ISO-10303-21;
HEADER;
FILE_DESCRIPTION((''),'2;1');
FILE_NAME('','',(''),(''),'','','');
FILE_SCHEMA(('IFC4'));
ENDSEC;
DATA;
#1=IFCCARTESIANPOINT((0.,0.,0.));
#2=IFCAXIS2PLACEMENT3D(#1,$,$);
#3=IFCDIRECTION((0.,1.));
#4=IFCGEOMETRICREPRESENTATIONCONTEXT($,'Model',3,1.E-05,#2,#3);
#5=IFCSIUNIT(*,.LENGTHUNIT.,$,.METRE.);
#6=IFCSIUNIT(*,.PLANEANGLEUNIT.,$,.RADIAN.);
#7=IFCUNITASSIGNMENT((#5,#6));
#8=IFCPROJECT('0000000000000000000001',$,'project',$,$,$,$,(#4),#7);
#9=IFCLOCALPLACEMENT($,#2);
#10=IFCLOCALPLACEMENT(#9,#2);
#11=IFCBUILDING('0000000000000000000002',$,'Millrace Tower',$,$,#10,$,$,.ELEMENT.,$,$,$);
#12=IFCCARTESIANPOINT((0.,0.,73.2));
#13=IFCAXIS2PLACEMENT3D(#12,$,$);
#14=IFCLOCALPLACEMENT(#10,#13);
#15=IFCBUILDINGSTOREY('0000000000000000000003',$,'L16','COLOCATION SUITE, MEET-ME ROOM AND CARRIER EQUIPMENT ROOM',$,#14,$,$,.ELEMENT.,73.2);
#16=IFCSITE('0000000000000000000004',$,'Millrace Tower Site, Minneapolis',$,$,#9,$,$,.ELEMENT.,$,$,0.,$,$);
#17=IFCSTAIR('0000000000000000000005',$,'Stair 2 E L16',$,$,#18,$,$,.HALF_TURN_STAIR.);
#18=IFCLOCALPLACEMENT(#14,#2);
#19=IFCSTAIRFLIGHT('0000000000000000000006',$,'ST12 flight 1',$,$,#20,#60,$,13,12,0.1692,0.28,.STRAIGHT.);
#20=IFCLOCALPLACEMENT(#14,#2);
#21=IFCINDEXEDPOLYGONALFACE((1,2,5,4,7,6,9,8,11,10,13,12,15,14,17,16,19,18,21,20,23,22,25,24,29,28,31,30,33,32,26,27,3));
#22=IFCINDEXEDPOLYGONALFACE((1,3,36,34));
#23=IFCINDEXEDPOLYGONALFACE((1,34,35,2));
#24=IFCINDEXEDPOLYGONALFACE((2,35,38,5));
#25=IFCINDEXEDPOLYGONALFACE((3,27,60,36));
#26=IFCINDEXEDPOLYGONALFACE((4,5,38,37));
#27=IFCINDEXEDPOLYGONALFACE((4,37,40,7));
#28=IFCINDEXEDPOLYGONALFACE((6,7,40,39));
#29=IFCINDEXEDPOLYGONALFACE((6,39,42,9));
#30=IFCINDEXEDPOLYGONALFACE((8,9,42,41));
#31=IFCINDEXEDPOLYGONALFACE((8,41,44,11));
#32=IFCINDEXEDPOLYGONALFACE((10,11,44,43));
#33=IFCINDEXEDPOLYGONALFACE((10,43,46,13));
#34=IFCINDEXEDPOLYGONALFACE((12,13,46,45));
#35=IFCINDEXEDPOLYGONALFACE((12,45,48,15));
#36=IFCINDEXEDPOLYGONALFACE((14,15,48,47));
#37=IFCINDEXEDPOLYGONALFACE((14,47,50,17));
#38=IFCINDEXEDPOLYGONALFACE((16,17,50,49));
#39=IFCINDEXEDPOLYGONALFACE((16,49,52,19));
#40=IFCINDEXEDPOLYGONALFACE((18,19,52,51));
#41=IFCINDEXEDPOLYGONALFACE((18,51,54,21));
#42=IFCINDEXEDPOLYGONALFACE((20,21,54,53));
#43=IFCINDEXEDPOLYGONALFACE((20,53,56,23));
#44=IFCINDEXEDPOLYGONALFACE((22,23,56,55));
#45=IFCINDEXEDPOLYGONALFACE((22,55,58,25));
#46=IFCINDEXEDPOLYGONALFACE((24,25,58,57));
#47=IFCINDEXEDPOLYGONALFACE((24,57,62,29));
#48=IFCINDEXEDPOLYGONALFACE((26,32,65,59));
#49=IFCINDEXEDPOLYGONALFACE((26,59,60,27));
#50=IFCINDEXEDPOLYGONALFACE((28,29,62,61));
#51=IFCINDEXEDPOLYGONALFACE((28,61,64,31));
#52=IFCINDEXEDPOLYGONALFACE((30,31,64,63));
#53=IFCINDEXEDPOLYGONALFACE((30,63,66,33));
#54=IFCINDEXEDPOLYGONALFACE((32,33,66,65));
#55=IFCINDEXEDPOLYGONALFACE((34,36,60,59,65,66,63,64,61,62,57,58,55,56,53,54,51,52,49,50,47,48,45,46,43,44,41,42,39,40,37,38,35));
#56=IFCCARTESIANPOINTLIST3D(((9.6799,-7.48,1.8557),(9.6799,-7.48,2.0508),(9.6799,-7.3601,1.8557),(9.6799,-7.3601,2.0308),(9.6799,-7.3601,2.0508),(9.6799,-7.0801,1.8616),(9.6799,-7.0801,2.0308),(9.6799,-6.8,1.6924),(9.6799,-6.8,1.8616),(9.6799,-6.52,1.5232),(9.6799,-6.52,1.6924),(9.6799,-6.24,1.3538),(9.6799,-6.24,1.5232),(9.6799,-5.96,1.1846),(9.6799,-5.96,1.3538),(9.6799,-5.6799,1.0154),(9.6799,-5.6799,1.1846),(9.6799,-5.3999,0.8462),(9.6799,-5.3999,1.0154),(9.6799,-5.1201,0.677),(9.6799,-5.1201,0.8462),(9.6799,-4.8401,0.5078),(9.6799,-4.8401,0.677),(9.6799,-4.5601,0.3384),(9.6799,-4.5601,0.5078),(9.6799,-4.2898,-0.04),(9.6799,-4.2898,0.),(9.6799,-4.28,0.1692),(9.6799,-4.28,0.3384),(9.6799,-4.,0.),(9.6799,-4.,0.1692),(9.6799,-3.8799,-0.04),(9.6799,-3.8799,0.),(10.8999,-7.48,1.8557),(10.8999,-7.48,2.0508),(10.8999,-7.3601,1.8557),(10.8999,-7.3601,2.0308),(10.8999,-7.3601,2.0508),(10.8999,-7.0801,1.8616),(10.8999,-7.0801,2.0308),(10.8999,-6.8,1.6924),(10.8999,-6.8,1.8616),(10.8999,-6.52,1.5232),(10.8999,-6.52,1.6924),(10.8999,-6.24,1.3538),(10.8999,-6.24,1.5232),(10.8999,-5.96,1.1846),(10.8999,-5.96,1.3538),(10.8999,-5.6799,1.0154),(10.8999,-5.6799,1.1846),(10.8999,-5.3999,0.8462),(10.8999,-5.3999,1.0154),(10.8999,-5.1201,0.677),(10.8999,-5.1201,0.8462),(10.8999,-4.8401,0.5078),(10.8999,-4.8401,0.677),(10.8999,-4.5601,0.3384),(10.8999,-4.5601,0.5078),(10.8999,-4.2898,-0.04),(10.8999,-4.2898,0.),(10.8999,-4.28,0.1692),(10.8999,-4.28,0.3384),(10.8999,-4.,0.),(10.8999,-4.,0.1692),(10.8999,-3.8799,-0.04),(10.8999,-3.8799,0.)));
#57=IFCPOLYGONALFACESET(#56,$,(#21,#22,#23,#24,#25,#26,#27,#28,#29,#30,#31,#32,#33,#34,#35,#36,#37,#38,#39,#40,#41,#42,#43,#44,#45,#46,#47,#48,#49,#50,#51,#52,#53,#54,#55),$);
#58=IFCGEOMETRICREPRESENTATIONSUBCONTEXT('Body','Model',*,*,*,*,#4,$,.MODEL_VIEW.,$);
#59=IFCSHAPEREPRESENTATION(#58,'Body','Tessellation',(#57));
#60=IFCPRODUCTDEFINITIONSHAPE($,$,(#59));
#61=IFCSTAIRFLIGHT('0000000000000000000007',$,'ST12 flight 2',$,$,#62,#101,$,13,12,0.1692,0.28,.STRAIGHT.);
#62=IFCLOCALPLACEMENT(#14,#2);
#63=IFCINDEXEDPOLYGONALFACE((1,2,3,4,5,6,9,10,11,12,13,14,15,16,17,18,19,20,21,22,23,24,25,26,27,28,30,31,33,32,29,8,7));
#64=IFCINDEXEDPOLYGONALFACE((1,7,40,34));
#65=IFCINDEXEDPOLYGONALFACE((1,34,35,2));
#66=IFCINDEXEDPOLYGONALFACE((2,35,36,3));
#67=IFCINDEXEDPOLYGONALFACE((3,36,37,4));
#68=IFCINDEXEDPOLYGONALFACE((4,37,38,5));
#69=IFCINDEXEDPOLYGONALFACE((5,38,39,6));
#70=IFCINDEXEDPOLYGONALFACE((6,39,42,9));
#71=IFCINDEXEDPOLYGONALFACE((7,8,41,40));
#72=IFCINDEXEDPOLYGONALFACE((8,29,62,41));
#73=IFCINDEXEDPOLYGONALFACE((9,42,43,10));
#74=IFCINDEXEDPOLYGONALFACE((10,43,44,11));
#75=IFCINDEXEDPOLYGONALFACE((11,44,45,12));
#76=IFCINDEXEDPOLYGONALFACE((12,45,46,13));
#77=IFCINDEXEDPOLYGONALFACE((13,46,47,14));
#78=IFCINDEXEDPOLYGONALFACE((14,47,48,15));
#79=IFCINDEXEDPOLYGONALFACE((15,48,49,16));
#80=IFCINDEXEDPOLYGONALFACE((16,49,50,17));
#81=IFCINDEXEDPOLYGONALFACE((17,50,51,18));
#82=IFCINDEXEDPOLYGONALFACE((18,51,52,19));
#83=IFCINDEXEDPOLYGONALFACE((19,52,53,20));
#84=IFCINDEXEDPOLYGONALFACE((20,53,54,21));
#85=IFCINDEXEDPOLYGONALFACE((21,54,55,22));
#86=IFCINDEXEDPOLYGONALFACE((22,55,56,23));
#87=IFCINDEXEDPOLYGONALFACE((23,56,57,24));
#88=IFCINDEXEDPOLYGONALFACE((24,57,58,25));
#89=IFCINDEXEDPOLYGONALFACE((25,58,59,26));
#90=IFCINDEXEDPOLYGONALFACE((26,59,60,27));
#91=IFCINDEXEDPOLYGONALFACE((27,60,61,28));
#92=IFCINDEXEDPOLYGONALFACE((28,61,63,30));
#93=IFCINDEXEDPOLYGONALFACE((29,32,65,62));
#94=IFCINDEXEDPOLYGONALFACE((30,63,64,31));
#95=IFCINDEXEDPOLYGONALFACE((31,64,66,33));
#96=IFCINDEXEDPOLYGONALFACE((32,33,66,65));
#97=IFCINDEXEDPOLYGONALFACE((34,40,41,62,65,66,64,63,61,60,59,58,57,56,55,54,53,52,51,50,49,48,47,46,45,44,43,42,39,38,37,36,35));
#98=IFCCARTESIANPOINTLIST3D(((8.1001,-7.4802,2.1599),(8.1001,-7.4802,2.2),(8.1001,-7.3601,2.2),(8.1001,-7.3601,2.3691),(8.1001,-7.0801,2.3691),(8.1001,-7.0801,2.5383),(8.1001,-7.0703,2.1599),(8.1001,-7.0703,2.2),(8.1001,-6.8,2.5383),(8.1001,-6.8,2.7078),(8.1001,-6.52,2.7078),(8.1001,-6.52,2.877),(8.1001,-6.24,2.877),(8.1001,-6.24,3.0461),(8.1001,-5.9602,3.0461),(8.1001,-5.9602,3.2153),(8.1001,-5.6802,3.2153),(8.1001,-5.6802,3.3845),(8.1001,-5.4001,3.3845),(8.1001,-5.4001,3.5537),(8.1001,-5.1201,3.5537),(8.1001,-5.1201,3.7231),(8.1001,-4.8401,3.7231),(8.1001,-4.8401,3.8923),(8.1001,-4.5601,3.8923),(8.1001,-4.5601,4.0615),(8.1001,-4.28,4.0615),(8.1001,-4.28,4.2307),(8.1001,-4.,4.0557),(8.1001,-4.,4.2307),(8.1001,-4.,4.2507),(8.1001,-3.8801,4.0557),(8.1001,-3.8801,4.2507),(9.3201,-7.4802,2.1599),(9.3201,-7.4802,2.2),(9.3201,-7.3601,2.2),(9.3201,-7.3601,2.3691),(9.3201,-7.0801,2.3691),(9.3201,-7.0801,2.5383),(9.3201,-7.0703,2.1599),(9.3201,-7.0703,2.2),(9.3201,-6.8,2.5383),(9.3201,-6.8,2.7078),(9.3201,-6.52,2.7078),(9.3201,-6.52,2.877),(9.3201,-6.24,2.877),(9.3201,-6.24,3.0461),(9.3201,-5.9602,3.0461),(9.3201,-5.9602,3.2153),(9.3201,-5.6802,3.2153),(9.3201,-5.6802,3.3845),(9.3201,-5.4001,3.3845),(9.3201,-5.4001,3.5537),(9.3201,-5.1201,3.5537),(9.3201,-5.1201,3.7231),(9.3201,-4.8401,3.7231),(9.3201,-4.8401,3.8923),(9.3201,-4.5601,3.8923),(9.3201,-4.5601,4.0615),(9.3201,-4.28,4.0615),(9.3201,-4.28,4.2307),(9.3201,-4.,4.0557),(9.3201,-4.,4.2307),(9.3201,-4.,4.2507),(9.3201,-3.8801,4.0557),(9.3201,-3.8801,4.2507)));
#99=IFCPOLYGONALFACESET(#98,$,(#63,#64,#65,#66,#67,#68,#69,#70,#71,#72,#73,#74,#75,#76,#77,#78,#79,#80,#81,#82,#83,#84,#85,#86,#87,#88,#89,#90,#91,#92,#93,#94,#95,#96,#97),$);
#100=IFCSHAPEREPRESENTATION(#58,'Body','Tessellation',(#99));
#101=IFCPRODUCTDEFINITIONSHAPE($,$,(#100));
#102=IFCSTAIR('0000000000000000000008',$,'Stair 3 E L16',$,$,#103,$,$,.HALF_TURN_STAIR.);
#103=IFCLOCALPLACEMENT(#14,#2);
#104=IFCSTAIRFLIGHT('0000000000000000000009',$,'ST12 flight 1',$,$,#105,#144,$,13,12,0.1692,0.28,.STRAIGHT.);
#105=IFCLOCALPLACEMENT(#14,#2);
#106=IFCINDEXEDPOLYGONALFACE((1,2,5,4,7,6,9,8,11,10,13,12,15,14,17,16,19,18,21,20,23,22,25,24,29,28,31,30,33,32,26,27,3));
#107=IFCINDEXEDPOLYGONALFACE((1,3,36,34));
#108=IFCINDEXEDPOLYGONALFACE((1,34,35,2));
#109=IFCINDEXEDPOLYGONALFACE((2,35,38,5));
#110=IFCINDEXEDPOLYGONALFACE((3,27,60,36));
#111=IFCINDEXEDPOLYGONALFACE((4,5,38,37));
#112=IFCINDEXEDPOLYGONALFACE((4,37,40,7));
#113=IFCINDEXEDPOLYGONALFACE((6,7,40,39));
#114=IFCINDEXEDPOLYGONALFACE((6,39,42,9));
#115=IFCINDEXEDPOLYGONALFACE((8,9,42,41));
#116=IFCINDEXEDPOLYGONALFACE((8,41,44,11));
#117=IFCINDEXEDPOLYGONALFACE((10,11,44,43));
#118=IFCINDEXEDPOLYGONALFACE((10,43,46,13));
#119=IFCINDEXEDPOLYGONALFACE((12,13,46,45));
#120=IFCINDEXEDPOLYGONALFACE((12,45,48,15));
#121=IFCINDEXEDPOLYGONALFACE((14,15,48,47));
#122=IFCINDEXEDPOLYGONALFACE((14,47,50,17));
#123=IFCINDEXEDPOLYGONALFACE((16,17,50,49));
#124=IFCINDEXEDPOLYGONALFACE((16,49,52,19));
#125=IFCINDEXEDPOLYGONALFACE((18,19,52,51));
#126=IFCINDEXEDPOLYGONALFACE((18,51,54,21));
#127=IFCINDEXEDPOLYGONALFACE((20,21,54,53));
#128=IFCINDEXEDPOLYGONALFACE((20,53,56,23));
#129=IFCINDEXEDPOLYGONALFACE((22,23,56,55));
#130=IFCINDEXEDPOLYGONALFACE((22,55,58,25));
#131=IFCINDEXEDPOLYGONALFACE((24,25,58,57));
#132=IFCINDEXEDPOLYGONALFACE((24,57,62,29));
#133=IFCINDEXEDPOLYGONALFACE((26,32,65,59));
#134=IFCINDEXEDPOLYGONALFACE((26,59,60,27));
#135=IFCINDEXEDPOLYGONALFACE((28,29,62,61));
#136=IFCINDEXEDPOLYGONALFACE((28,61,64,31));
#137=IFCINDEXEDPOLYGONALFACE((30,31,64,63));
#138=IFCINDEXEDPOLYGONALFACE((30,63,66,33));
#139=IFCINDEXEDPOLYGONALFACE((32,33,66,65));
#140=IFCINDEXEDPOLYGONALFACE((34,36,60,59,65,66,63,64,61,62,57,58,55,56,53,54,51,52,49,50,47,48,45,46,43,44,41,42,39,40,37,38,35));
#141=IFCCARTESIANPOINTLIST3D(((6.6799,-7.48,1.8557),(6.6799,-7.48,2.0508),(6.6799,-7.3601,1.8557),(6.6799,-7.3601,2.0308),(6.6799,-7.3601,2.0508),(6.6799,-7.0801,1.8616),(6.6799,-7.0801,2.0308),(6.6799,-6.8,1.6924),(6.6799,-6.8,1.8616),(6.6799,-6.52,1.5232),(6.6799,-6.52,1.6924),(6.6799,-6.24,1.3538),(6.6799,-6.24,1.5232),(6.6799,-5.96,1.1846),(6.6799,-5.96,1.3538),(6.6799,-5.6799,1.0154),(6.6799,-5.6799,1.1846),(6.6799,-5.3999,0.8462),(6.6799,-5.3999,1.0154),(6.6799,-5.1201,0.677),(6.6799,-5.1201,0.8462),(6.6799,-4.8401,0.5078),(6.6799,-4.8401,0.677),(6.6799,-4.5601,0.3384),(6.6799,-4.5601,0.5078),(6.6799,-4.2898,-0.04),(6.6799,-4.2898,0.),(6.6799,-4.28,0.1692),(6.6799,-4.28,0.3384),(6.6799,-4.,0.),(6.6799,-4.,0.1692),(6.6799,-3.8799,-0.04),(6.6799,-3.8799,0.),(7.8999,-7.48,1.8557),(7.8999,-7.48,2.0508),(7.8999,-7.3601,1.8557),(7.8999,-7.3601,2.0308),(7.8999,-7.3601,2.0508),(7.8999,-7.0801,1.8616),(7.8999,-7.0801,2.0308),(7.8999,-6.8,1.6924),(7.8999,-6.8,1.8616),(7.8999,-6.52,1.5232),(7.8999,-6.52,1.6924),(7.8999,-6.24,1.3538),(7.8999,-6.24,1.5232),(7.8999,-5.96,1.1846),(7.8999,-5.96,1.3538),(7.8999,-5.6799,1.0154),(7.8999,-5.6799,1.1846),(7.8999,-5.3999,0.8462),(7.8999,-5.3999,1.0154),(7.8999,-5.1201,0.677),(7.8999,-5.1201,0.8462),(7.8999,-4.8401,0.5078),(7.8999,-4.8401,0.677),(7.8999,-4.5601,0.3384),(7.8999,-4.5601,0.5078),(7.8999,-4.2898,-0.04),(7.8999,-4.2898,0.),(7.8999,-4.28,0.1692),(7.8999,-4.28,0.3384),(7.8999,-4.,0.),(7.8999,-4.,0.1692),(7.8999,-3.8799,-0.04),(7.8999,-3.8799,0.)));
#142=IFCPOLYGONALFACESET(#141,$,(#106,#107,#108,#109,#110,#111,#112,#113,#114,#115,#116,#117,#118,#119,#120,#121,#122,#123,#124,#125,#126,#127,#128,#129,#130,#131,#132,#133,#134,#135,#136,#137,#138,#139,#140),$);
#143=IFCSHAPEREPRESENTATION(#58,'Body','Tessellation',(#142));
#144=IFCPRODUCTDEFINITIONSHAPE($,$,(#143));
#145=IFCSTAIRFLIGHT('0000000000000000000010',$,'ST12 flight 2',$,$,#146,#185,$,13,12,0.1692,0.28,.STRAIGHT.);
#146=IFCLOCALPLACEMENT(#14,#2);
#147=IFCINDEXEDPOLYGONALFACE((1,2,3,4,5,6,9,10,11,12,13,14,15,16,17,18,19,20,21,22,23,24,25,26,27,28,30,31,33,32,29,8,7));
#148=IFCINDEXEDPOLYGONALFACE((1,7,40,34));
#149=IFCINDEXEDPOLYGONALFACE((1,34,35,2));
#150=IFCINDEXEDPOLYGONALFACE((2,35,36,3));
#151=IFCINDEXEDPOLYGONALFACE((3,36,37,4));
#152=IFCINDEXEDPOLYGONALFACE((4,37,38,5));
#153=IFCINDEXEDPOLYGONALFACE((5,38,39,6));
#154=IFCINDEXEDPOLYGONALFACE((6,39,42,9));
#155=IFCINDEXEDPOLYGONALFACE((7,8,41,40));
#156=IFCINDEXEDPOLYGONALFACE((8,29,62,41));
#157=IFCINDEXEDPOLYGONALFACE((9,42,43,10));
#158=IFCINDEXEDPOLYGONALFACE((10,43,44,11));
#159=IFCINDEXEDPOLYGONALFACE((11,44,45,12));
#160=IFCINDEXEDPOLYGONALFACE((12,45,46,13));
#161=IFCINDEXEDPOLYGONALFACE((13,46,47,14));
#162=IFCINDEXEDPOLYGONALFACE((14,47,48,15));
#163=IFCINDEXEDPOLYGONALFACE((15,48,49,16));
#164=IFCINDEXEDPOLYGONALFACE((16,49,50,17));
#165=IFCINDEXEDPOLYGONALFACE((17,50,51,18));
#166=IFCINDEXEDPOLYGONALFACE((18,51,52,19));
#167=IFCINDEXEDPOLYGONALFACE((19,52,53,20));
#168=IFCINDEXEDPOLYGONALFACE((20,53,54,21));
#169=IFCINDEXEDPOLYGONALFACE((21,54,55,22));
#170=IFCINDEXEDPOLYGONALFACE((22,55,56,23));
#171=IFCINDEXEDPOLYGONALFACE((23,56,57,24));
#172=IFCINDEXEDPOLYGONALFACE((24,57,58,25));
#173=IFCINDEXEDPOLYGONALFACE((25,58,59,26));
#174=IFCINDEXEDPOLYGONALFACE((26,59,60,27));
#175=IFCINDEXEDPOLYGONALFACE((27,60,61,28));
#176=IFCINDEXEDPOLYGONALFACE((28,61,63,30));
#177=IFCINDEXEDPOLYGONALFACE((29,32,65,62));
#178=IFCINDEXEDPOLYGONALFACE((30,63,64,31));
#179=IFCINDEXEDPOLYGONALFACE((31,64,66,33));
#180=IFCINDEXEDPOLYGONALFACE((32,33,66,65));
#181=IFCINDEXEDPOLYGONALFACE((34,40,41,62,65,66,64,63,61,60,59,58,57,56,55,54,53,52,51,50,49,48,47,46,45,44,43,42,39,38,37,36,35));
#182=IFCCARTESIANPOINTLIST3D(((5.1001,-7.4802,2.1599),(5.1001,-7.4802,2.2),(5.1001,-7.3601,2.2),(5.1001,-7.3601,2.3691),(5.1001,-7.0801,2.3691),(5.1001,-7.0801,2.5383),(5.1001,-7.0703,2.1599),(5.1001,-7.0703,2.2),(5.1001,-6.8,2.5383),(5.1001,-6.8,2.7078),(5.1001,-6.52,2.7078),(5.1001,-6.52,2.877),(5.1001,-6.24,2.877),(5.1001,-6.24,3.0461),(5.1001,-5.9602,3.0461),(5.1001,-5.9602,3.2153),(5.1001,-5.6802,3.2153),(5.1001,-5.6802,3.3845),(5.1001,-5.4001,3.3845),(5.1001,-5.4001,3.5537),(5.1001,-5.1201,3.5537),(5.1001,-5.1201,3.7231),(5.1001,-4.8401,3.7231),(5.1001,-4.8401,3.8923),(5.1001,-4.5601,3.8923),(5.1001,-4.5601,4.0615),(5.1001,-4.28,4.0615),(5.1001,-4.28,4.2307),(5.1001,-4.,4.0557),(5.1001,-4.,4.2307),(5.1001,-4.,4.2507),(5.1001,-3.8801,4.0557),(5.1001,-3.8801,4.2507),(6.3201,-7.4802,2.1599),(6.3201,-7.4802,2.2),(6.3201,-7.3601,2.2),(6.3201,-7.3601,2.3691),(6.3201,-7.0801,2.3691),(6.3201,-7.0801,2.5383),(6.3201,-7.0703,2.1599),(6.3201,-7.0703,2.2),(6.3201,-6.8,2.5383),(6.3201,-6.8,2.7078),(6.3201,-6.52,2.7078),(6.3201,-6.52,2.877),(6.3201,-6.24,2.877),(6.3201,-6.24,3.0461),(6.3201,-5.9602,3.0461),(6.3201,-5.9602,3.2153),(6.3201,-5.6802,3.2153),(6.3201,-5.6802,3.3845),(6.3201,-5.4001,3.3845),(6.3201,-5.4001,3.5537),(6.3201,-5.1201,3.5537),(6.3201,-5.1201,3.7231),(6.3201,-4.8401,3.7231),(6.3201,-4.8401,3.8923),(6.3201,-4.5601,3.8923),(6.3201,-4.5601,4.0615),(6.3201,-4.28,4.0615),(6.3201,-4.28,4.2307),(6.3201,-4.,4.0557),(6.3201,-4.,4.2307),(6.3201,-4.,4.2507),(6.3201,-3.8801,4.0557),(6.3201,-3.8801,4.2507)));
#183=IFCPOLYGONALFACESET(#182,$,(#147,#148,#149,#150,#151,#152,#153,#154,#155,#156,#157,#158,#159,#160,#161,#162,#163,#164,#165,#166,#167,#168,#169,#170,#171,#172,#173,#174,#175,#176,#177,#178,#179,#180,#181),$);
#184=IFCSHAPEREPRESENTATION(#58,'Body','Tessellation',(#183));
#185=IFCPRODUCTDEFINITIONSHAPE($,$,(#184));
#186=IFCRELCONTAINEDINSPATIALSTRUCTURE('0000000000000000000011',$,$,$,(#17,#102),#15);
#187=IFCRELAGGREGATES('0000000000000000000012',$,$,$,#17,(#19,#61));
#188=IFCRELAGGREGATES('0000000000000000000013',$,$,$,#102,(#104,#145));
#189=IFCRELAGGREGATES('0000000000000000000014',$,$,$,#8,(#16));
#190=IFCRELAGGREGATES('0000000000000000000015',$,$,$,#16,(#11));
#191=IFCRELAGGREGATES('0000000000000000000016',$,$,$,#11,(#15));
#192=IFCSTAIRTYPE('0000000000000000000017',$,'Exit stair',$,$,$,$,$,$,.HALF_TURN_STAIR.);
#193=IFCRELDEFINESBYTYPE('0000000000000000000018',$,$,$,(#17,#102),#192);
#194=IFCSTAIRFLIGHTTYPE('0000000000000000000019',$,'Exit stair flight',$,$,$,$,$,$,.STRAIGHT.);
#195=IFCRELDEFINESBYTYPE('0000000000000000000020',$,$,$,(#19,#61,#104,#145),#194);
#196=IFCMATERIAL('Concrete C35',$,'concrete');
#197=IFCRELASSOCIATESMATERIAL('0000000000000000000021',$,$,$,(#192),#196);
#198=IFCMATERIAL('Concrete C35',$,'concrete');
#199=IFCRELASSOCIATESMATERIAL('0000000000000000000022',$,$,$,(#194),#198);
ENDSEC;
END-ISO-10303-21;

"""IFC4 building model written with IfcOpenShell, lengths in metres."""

from ifc_helpers import new_model, si_unit, direction, frame, origin, place, context, subcontext, project, spatial, polyline, outline, extrude, material, type_object, element, aggregate, save


model = new_model("IFC4")

# Units and contexts
model_context = context("Model", 3, precision=1e-05, world=origin(), true_north=direction((0.0, 1.0)))
body_context = subcontext(model_context, "Body", "Model", "MODEL_VIEW")
ifc_project = project(units=[si_unit("LENGTHUNIT", "METRE"), si_unit("PLANEANGLEUNIT", "RADIAN")], contexts=[model_context])

# Site, building, storey
site_placement = place(None, origin())
site = spatial("IfcSite", under=ifc_project, at=site_placement, Name="Millrace Tower Site, Minneapolis", CompositionType="ELEMENT", RefElevation=0.0)
building_placement = place(site_placement, origin())
building = spatial("IfcBuilding", under=site, at=building_placement, Name="Millrace Tower", CompositionType="ELEMENT")
storey_placement = place(building_placement, frame((0.0, 0.0, 73.2)))
storey = spatial("IfcBuildingStorey", under=building, at=storey_placement, Name="L16", Description="COLOCATION SUITE, MEET-ME ROOM AND CARRIER EQUIPMENT ROOM", CompositionType="ELEMENT", Elevation=73.2)

# Shared definitions
placement = place(storey_placement, origin())

# Stairs, stair flights
ifc_material_1 = material(Name="Concrete C35", Category="concrete")
stair_type = type_object("IfcStairType", Name="Exit stair", PredefinedType="HALF_TURN_STAIR", material=ifc_material_1)
ifc_material_2 = material(Name="Concrete C35", Category="concrete")
stair_flight_type = type_object("IfcStairFlightType", Name="Exit stair flight", PredefinedType="STRAIGHT", material=ifc_material_2)
stair_1 = element("IfcStair", 1, at=placement, inside=storey, type_object=stair_type, Name="Stair 2 E L16", PredefinedType="HALF_TURN_STAIR")
stair_flight_1_placement = place(storey_placement, frame((10.29, -4.0, 0.0), z_axis=(0.0, 0.0, 1.0), x_axis=(0.0, -1.0, 0.0)))
stair_flight_1 = element("IfcStairFlight", 2, at=stair_flight_1_placement, type_object=stair_flight_type, Name="ST12 flight 1", NumberOfRisers=13, NumberOfTreads=12, PredefinedType="STRAIGHT", RiserHeight=0.1692, TreadLength=0.28, context=body_context, shape_type="SweptSolid", body=[
    extrude(outline(polyline([(-0.1201, -0.04), (-0.1201, 0.0), (0.0, 0.0), (0.0, 0.1692), (0.28, 0.1692), (0.28, 0.3384), (0.5601, 0.3384), (0.5601, 0.5078), (0.8401, 0.5078), (0.8401, 0.677), (1.1201, 0.677), (1.1201, 0.8462), (1.3999, 0.8462), (1.3999, 1.0154), (1.6799, 1.0154), (1.6799, 1.1846), (1.96, 1.1846), (1.96, 1.3538), (2.24, 1.3538), (2.24, 1.5232), (2.52, 1.5232), (2.52, 1.6924), (2.8, 1.6924), (2.8, 1.8616), (3.0801, 1.8616), (3.0801, 2.0308), (3.3601, 2.0308), (3.3601, 2.0508), (3.48, 2.0508), (3.48, 1.8557), (3.3601, 1.8557), (0.2898, 0.0), (0.2898, -0.04), (-0.1201, -0.04)])), frame((0.0, 0.6099, 0.0), z_axis=(0.0, -1.0, 0.0), x_axis=(1.0, 0.0, 0.0)), (0.0, 0.0, 1.0), 1.22),
])
stair_flight_2_placement = place(storey_placement, frame((8.71, -7.3601, 2.2), z_axis=(0.0, 0.0, 1.0), x_axis=(0.0, 1.0, 0.0)))
stair_flight_2 = element("IfcStairFlight", 3, at=stair_flight_2_placement, type_object=stair_flight_type, Name="ST12 flight 2", NumberOfRisers=13, NumberOfTreads=12, PredefinedType="STRAIGHT", RiserHeight=0.1692, TreadLength=0.28, context=body_context, shape_type="SweptSolid", body=[
    extrude(outline(polyline([(-0.1201, -0.04), (-0.1201, 0.0), (0.0, 0.0), (0.0, 0.1692), (0.28, 0.1692), (0.28, 0.3384), (0.5601, 0.3384), (0.5601, 0.5078), (0.8401, 0.5078), (0.8401, 0.677), (1.1201, 0.677), (1.1201, 0.8462), (1.3999, 0.8462), (1.3999, 1.0154), (1.6799, 1.0154), (1.6799, 1.1846), (1.96, 1.1846), (1.96, 1.3538), (2.24, 1.3538), (2.24, 1.5232), (2.52, 1.5232), (2.52, 1.6924), (2.8, 1.6924), (2.8, 1.8616), (3.0801, 1.8616), (3.0801, 2.0308), (3.3601, 2.0308), (3.3601, 2.0508), (3.48, 2.0508), (3.48, 1.8557), (3.3601, 1.8557), (0.2898, 0.0), (0.2898, -0.04), (-0.1201, -0.04)])), frame((0.0, 0.6099, 0.0), z_axis=(0.0, -1.0, 0.0), x_axis=(1.0, 0.0, 0.0)), (0.0, 0.0, 1.0), 1.22),
])
aggregate(stair_1, [stair_flight_1, stair_flight_2])
stair_2 = element("IfcStair", 4, at=placement, inside=storey, type_object=stair_type, Name="Stair 3 E L16", PredefinedType="HALF_TURN_STAIR")
stair_flight_3_placement = place(storey_placement, frame((7.29, -4.0, 0.0), z_axis=(0.0, 0.0, 1.0), x_axis=(0.0, -1.0, 0.0)))
stair_flight_3 = element("IfcStairFlight", 5, at=stair_flight_3_placement, type_object=stair_flight_type, Name="ST12 flight 1", NumberOfRisers=13, NumberOfTreads=12, PredefinedType="STRAIGHT", RiserHeight=0.1692, TreadLength=0.28, context=body_context, shape_type="SweptSolid", body=[
    extrude(outline(polyline([(-0.1201, -0.04), (-0.1201, 0.0), (0.0, 0.0), (0.0, 0.1692), (0.28, 0.1692), (0.28, 0.3384), (0.5601, 0.3384), (0.5601, 0.5078), (0.8401, 0.5078), (0.8401, 0.677), (1.1201, 0.677), (1.1201, 0.8462), (1.3999, 0.8462), (1.3999, 1.0154), (1.6799, 1.0154), (1.6799, 1.1846), (1.96, 1.1846), (1.96, 1.3538), (2.24, 1.3538), (2.24, 1.5232), (2.52, 1.5232), (2.52, 1.6924), (2.8, 1.6924), (2.8, 1.8616), (3.0801, 1.8616), (3.0801, 2.0308), (3.3601, 2.0308), (3.3601, 2.0508), (3.48, 2.0508), (3.48, 1.8557), (3.3601, 1.8557), (0.2898, 0.0), (0.2898, -0.04), (-0.1201, -0.04)])), frame((0.0, 0.6099, 0.0), z_axis=(0.0, -1.0, 0.0), x_axis=(1.0, 0.0, 0.0)), (0.0, 0.0, 1.0), 1.22),
])
stair_flight_4_placement = place(storey_placement, frame((5.71, -7.3601, 2.2), z_axis=(0.0, 0.0, 1.0), x_axis=(0.0, 1.0, 0.0)))
stair_flight_4 = element("IfcStairFlight", 6, at=stair_flight_4_placement, type_object=stair_flight_type, Name="ST12 flight 2", NumberOfRisers=13, NumberOfTreads=12, PredefinedType="STRAIGHT", RiserHeight=0.1692, TreadLength=0.28, context=body_context, shape_type="SweptSolid", body=[
    extrude(outline(polyline([(-0.1201, -0.04), (-0.1201, 0.0), (0.0, 0.0), (0.0, 0.1692), (0.28, 0.1692), (0.28, 0.3384), (0.5601, 0.3384), (0.5601, 0.5078), (0.8401, 0.5078), (0.8401, 0.677), (1.1201, 0.677), (1.1201, 0.8462), (1.3999, 0.8462), (1.3999, 1.0154), (1.6799, 1.0154), (1.6799, 1.1846), (1.96, 1.1846), (1.96, 1.3538), (2.24, 1.3538), (2.24, 1.5232), (2.52, 1.5232), (2.52, 1.6924), (2.8, 1.6924), (2.8, 1.8616), (3.0801, 1.8616), (3.0801, 2.0308), (3.3601, 2.0308), (3.3601, 2.0508), (3.48, 2.0508), (3.48, 1.8557), (3.3601, 1.8557), (0.2898, 0.0), (0.2898, -0.04), (-0.1201, -0.04)])), frame((0.0, 0.6099, 0.0), z_axis=(0.0, -1.0, 0.0), x_axis=(1.0, 0.0, 0.0)), (0.0, 0.0, 1.0), 1.22),
])
aggregate(stair_2, [stair_flight_3, stair_flight_4])

save(model, "model.ifc")
